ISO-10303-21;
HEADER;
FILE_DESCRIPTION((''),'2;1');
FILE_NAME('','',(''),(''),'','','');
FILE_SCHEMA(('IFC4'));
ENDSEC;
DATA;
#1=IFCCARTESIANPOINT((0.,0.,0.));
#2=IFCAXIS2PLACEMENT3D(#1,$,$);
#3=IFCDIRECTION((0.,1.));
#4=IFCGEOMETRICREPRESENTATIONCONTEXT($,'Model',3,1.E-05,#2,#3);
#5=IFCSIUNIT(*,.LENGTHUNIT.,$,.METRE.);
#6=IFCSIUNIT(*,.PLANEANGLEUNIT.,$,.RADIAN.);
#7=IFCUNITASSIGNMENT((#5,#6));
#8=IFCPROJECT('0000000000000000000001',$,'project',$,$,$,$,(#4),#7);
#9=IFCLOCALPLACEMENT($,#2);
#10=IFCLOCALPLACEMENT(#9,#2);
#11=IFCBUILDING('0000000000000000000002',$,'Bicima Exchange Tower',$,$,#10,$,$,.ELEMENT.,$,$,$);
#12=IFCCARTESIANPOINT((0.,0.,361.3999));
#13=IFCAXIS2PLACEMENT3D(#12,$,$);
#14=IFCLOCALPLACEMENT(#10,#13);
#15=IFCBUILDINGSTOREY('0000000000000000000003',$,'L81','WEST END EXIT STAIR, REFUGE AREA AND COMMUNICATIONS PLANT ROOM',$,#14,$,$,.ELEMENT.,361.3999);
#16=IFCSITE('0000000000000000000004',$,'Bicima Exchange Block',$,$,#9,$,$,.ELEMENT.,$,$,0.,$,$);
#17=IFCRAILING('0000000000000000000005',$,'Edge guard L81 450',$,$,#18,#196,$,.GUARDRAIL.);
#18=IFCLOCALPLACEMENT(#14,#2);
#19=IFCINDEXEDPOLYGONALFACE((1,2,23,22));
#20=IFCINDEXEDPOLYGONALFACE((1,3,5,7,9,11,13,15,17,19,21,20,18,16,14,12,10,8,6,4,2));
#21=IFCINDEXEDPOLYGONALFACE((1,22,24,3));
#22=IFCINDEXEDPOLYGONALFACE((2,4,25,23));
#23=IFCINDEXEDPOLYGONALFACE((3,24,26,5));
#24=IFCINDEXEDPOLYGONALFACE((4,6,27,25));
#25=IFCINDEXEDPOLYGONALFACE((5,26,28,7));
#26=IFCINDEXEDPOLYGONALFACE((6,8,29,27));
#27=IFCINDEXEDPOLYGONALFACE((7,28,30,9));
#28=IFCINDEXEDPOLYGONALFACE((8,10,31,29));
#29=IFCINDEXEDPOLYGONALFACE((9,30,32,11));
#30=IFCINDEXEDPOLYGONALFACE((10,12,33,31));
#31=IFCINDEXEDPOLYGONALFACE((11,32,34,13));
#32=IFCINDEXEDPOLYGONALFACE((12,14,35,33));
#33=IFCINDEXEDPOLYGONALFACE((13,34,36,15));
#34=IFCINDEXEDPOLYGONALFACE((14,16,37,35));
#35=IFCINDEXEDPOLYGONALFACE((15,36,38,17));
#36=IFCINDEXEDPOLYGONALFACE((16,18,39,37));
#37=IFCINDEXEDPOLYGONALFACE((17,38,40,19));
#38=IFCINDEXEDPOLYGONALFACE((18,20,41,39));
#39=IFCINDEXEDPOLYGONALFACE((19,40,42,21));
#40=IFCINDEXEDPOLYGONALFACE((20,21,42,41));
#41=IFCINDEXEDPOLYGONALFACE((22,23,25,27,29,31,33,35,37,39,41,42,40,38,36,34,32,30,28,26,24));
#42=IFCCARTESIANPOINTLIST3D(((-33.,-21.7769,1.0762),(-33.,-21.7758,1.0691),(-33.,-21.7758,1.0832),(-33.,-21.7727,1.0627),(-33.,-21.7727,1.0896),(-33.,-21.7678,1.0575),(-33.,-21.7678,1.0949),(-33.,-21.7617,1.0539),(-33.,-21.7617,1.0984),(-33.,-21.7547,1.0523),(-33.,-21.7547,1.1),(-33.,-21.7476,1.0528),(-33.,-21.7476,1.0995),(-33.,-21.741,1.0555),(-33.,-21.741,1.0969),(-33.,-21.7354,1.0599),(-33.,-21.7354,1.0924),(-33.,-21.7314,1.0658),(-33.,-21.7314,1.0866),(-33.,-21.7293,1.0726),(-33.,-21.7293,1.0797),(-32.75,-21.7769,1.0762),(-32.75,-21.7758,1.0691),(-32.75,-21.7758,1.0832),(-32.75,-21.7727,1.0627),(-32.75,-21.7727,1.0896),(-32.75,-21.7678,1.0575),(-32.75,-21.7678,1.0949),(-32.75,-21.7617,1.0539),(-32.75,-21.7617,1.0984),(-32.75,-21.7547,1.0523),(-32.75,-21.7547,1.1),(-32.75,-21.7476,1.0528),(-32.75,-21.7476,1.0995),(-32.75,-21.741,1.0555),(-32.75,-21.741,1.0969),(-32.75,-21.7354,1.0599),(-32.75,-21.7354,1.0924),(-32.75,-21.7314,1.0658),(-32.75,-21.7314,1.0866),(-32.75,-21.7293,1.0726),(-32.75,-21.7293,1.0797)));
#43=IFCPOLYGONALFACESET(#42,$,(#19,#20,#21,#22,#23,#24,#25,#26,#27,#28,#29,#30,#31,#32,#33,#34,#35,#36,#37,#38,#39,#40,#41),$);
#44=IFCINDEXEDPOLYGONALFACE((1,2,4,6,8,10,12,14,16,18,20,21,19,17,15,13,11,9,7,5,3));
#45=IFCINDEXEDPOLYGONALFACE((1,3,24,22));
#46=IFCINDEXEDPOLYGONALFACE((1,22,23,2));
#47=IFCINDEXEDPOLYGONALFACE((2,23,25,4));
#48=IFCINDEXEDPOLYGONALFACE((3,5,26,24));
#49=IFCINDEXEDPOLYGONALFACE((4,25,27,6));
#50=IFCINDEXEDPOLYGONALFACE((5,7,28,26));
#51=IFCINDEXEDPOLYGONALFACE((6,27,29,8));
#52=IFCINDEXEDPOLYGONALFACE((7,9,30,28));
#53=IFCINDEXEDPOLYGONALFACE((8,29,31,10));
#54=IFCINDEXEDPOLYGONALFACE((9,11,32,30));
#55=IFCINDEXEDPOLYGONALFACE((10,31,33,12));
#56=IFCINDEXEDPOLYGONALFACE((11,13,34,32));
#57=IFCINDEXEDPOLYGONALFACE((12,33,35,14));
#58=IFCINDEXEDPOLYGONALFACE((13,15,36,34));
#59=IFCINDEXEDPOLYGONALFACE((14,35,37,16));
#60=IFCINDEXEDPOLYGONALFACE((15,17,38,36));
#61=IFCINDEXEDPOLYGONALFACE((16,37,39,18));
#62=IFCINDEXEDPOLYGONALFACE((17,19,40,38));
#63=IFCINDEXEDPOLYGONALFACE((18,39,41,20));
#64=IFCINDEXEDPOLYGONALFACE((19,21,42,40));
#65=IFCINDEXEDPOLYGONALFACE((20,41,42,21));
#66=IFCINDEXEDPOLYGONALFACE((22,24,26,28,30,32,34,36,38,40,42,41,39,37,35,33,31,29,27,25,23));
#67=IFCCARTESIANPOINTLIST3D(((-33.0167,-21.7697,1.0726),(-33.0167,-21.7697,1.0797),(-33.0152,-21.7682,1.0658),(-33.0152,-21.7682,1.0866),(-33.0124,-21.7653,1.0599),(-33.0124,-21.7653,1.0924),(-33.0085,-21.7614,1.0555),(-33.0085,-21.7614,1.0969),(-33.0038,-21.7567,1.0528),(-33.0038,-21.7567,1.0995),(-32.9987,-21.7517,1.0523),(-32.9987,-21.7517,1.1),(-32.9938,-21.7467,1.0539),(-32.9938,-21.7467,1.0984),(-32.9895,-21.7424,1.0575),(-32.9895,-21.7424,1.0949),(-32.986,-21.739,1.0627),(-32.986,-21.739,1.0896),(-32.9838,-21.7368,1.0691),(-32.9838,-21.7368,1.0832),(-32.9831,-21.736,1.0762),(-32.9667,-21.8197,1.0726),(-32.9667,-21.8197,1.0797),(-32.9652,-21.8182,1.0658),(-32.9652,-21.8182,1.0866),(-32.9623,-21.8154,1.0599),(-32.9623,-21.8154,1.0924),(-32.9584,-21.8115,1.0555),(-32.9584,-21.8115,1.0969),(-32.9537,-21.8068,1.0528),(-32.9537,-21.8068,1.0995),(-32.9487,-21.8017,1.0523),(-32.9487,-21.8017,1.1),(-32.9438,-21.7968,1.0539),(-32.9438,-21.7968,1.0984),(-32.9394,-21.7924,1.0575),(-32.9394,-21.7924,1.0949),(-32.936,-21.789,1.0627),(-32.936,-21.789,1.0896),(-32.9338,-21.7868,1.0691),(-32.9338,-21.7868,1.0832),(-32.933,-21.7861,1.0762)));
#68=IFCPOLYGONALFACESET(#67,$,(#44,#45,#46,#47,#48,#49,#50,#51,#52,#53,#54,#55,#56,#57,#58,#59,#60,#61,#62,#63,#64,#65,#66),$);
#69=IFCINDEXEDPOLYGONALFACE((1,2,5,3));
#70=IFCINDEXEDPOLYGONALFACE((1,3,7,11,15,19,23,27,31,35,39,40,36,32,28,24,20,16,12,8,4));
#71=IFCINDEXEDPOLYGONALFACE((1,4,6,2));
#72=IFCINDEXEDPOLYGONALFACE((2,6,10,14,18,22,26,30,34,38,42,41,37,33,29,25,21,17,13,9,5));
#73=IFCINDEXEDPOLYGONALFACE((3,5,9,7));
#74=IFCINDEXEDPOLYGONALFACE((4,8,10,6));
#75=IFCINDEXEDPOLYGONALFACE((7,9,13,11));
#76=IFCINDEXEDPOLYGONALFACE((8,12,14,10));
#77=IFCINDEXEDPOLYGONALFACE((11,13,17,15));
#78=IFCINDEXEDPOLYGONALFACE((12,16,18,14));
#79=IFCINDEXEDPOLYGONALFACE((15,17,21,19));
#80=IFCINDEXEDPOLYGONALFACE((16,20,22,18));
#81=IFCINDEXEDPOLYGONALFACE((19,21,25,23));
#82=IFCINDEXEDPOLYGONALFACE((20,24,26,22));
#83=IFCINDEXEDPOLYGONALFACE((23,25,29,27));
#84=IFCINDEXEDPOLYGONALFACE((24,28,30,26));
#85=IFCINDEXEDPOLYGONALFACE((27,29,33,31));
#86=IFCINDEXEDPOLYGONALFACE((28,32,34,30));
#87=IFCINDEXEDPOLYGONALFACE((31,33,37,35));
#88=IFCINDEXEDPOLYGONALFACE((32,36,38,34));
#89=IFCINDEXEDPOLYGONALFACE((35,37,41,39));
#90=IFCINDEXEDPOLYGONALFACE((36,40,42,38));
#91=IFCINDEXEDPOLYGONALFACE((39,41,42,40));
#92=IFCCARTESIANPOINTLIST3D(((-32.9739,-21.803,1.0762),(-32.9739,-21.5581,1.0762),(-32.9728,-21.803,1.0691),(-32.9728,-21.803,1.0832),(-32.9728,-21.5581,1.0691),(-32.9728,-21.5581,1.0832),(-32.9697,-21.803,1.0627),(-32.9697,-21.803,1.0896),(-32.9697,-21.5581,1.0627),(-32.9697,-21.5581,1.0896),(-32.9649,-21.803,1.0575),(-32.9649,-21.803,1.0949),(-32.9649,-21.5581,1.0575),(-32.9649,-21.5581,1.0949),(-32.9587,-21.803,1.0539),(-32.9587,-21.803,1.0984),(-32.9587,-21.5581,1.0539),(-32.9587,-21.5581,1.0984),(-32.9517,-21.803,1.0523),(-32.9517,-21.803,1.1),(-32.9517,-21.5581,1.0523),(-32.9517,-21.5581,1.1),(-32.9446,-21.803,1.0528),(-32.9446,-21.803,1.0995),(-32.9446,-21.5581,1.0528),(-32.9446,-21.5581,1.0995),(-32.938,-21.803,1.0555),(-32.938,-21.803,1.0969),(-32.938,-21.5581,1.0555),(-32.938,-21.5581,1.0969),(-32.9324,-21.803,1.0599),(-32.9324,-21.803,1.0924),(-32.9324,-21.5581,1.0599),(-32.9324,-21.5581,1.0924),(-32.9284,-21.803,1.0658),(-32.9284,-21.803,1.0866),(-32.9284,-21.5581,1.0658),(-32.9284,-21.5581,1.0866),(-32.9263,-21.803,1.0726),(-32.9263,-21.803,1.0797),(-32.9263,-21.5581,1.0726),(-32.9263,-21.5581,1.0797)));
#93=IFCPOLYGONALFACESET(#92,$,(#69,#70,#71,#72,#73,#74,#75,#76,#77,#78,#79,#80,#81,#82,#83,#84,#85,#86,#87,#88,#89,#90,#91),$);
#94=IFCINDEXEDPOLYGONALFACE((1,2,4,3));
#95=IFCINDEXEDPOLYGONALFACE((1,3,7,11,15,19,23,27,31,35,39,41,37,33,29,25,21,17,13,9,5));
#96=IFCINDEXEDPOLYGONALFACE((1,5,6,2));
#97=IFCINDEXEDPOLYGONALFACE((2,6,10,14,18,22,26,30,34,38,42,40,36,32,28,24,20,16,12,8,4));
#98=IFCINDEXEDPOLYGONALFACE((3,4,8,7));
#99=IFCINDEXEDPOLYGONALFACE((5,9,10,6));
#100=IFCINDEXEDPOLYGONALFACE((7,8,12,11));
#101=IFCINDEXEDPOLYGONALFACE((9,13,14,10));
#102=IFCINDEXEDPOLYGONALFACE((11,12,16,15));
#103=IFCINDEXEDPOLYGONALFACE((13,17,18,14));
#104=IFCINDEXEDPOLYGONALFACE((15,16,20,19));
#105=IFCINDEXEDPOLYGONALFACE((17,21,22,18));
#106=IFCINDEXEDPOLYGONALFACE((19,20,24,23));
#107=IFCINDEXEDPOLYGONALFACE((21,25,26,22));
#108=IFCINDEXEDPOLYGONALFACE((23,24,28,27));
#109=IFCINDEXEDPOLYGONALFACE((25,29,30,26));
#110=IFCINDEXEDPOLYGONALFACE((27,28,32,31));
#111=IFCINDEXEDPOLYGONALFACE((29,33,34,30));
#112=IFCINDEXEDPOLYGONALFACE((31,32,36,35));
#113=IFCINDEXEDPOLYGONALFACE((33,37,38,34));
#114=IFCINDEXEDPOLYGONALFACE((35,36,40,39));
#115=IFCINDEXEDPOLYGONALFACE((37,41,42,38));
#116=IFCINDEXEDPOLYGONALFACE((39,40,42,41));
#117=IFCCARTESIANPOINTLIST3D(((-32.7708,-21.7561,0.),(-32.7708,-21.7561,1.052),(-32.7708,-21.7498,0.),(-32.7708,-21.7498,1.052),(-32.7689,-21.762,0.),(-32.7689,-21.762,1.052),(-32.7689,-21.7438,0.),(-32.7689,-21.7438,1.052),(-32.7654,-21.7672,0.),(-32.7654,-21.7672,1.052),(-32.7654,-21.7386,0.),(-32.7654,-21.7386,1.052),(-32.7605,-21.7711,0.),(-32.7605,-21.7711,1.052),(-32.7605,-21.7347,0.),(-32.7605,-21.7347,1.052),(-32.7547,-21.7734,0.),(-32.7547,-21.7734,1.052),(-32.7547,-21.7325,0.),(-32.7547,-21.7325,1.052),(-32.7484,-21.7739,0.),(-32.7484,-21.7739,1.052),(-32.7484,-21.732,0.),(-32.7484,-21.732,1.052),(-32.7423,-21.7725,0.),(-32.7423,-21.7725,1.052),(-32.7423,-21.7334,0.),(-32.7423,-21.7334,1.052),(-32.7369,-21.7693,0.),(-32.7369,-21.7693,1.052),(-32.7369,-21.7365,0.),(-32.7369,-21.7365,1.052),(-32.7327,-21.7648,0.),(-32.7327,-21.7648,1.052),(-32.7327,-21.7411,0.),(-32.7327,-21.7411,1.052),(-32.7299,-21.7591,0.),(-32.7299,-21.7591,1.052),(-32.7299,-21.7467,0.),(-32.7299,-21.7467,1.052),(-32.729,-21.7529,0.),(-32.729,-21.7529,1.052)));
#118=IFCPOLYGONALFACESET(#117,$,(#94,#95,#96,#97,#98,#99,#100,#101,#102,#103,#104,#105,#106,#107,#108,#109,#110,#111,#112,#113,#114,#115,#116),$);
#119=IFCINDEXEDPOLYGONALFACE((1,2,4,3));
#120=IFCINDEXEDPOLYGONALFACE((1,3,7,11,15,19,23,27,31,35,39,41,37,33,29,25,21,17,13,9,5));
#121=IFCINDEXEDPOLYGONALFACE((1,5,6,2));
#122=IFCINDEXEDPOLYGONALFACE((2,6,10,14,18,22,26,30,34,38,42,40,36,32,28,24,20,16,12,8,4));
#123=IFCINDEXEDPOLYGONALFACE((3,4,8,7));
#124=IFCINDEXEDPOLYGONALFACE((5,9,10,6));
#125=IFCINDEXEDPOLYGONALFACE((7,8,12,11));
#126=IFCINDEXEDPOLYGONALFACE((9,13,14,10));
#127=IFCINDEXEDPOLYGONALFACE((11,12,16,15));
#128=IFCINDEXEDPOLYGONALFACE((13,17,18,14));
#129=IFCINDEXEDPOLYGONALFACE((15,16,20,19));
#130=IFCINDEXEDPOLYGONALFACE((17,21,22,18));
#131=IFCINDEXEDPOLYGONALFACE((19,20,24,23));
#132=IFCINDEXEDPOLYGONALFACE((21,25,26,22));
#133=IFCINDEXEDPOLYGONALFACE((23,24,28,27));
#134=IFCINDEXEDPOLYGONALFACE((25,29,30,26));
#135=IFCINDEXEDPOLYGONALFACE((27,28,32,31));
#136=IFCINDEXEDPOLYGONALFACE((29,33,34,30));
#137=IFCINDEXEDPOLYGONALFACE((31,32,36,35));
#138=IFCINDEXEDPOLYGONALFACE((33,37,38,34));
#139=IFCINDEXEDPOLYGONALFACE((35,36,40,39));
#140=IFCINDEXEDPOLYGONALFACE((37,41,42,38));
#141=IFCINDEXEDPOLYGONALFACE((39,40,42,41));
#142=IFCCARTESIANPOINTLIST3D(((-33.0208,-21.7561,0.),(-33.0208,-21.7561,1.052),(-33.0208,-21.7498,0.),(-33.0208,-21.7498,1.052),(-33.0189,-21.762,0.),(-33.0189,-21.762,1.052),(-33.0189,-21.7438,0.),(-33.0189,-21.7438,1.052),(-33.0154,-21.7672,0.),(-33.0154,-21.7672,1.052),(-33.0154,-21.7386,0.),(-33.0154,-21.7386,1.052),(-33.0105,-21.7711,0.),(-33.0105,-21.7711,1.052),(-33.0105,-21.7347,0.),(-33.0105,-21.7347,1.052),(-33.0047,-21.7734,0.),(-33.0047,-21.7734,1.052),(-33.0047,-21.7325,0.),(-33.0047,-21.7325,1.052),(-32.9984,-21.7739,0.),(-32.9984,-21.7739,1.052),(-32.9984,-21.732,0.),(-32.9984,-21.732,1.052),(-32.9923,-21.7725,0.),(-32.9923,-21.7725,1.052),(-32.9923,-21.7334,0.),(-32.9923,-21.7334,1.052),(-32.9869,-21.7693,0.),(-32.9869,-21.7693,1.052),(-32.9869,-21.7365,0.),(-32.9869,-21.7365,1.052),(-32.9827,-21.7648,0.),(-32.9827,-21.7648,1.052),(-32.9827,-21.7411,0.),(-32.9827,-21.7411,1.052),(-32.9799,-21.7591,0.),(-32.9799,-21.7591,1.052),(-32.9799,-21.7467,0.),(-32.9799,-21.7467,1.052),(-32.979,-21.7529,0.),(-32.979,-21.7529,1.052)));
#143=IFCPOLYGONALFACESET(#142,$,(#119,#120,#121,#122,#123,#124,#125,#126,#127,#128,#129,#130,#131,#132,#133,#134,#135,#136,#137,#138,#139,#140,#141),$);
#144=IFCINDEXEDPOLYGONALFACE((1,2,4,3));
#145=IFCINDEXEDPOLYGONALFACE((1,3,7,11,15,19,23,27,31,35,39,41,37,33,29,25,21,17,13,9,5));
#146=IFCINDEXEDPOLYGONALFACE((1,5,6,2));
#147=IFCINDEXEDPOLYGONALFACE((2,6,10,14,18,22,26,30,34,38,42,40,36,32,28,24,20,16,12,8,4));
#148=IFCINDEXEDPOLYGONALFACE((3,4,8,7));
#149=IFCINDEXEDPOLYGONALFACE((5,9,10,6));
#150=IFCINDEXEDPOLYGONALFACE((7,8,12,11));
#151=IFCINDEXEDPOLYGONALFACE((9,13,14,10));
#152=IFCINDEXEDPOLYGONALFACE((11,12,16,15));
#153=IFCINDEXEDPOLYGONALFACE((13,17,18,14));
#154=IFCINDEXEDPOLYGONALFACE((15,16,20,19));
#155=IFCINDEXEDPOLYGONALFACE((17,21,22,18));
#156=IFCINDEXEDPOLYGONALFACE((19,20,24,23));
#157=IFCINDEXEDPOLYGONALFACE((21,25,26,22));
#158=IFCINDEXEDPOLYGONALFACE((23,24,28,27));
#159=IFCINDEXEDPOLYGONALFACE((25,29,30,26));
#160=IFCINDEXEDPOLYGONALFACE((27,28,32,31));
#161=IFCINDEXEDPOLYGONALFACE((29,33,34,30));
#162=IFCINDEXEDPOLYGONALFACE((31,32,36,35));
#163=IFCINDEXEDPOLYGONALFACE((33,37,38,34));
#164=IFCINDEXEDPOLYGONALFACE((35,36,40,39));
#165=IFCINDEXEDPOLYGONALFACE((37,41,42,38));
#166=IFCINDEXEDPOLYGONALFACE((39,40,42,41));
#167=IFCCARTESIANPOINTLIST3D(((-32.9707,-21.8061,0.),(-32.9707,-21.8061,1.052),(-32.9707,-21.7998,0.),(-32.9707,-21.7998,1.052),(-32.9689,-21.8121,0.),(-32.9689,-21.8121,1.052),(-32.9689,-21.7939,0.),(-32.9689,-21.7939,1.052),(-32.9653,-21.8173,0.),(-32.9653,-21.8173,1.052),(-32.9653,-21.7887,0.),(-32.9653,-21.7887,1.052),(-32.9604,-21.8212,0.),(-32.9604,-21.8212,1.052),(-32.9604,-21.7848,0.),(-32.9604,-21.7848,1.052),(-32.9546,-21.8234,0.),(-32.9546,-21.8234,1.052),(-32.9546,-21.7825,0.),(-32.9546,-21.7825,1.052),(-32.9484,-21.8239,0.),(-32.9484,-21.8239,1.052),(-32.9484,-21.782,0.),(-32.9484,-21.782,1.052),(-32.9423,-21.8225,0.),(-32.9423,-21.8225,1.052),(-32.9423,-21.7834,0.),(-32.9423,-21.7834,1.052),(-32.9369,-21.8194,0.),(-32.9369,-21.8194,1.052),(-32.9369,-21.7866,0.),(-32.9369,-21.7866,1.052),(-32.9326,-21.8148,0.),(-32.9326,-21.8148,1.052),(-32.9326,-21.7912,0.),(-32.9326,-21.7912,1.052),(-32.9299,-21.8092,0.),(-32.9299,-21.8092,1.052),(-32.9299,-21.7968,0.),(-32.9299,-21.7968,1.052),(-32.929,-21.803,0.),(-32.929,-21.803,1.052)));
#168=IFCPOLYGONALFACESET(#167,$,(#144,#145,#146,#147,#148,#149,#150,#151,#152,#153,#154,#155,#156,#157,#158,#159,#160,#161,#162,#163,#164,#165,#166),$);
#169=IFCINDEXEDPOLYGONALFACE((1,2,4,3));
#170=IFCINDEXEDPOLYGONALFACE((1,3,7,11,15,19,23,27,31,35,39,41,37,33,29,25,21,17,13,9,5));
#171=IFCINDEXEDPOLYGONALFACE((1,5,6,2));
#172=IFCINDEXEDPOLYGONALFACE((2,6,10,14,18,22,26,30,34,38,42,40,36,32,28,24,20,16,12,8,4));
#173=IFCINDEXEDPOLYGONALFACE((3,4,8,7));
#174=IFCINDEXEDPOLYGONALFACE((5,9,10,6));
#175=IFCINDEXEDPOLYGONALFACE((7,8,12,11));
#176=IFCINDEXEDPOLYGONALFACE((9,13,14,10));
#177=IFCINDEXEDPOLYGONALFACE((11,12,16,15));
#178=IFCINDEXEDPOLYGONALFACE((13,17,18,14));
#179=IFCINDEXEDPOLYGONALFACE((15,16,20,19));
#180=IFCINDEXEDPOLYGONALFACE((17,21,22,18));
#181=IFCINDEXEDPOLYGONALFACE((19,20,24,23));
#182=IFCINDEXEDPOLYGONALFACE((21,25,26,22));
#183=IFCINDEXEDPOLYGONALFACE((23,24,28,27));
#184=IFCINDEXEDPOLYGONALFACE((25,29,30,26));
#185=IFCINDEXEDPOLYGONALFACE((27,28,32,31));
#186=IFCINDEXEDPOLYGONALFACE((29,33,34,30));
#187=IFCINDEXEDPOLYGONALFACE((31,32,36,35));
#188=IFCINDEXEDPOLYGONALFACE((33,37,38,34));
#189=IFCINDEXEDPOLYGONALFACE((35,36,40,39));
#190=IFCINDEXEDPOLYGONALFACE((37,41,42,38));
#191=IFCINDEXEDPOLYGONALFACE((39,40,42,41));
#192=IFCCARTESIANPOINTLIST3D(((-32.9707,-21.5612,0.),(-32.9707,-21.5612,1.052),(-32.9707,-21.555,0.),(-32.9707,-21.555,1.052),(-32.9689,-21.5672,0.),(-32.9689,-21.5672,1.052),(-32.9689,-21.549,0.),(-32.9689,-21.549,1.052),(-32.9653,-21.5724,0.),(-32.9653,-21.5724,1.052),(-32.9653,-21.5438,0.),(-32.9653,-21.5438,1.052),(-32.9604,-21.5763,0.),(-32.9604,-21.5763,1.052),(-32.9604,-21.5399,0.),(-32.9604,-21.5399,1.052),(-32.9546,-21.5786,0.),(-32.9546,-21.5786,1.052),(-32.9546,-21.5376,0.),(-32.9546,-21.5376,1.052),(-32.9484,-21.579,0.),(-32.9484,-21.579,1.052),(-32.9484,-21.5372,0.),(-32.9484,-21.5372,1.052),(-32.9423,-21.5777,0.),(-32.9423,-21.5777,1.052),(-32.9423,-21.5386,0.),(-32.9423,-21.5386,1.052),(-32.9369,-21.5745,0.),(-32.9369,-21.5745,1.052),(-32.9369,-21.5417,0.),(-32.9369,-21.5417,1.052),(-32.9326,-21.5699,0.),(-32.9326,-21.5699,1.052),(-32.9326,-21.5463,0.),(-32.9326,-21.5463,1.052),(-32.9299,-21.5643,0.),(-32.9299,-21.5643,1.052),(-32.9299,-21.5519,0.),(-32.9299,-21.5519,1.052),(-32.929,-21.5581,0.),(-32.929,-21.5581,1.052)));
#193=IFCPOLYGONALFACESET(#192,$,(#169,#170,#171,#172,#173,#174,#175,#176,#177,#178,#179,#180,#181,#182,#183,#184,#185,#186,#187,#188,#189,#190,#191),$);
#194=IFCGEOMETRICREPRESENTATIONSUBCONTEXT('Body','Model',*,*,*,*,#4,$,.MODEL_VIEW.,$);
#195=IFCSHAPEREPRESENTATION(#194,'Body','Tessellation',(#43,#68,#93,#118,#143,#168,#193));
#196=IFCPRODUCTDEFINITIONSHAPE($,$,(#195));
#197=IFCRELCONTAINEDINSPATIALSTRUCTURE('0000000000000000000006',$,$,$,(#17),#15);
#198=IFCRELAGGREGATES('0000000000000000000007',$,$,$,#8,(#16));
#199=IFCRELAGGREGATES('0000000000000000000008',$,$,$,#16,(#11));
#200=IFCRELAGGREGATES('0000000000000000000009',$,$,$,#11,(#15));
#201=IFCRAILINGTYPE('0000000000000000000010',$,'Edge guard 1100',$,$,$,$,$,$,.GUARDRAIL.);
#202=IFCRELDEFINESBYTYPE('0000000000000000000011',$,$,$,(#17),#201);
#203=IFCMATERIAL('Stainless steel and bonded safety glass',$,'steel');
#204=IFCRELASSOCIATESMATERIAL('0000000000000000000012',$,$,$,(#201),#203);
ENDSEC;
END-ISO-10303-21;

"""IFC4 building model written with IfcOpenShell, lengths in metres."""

from ifc_helpers import new_model, si_unit, direction, frame, origin, origin_2d, place, context, subcontext, project, spatial, circle, extrude, material, type_object, element, save


model = new_model("IFC4")

# Units and contexts
model_context = context("Model", 3, precision=1e-05, world=origin(), true_north=direction((0.0, 1.0)))
body_context = subcontext(model_context, "Body", "Model", "MODEL_VIEW")
ifc_project = project(units=[si_unit("LENGTHUNIT", "METRE"), si_unit("PLANEANGLEUNIT", "RADIAN")], contexts=[model_context])

# Site, building, storey
site_placement = place(None, origin())
site = spatial("IfcSite", under=ifc_project, at=site_placement, Name="Bicima Exchange Block", CompositionType="ELEMENT", RefElevation=0.0)
building_placement = place(site_placement, origin())
building = spatial("IfcBuilding", under=site, at=building_placement, Name="Bicima Exchange Tower", CompositionType="ELEMENT")
storey_placement = place(building_placement, frame((0.0, 0.0, 361.3999)))
storey = spatial("IfcBuildingStorey", under=building, at=storey_placement, Name="L81", Description="WEST END EXIT STAIR, REFUGE AREA AND COMMUNICATIONS PLANT ROOM", CompositionType="ELEMENT", Elevation=361.3999)

# Railing
ifc_material_1 = material(Name="Stainless steel and bonded safety glass", Category="steel")
railing_type = type_object("IfcRailingType", Name="Edge guard 1100", PredefinedType="GUARDRAIL", material=ifc_material_1)
railing_1_placement = place(storey_placement, frame((-32.75, -21.7529, 0.0)))
element("IfcRailing", 1, at=railing_1_placement, inside=storey, type_object=railing_type, Name="Edge guard L81 450", PredefinedType="GUARDRAIL", context=body_context, shape_type="SweptSolid", body=[
    extrude(circle(Radius=0.0239, at=origin_2d()), frame((0.0, 0.0, 1.0762), z_axis=(-1.0, 0.0, 0.0), x_axis=(0.0, -1.0, 0.0)), (0.0, 0.0, 1.0), 0.25),
    extrude(circle(Radius=0.0239, at=origin_2d()), frame((-0.25, 0.0, 1.0762), z_axis=(0.707107, -0.707107, 0.0), x_axis=(0.707107, 0.707107, 0.0)), (0.0, 0.0, 1.0), 0.0708),
    extrude(circle(Radius=0.0239, at=origin_2d()), frame((-0.2, -0.05, 1.0762), z_axis=(0.0, 1.0, 0.0), x_axis=(-1.0, 0.0, 0.0)), (0.0, 0.0, 1.0), 0.2449),
    extrude(circle(Radius=0.021, at=origin_2d()), origin(), (0.0, 0.0, 1.0), 1.052),
    extrude(circle(Radius=0.021, at=origin_2d()), frame((-0.25, 0.0, 0.0)), (0.0, 0.0, 1.0), 1.052),
    extrude(circle(Radius=0.021, at=origin_2d()), frame((-0.2, -0.05, 0.0)), (0.0, 0.0, 1.0), 1.052),
    extrude(circle(Radius=0.021, at=origin_2d()), frame((-0.2, 0.1948, 0.0)), (0.0, 0.0, 1.0), 1.052),
])

save(model, "model.ifc")
